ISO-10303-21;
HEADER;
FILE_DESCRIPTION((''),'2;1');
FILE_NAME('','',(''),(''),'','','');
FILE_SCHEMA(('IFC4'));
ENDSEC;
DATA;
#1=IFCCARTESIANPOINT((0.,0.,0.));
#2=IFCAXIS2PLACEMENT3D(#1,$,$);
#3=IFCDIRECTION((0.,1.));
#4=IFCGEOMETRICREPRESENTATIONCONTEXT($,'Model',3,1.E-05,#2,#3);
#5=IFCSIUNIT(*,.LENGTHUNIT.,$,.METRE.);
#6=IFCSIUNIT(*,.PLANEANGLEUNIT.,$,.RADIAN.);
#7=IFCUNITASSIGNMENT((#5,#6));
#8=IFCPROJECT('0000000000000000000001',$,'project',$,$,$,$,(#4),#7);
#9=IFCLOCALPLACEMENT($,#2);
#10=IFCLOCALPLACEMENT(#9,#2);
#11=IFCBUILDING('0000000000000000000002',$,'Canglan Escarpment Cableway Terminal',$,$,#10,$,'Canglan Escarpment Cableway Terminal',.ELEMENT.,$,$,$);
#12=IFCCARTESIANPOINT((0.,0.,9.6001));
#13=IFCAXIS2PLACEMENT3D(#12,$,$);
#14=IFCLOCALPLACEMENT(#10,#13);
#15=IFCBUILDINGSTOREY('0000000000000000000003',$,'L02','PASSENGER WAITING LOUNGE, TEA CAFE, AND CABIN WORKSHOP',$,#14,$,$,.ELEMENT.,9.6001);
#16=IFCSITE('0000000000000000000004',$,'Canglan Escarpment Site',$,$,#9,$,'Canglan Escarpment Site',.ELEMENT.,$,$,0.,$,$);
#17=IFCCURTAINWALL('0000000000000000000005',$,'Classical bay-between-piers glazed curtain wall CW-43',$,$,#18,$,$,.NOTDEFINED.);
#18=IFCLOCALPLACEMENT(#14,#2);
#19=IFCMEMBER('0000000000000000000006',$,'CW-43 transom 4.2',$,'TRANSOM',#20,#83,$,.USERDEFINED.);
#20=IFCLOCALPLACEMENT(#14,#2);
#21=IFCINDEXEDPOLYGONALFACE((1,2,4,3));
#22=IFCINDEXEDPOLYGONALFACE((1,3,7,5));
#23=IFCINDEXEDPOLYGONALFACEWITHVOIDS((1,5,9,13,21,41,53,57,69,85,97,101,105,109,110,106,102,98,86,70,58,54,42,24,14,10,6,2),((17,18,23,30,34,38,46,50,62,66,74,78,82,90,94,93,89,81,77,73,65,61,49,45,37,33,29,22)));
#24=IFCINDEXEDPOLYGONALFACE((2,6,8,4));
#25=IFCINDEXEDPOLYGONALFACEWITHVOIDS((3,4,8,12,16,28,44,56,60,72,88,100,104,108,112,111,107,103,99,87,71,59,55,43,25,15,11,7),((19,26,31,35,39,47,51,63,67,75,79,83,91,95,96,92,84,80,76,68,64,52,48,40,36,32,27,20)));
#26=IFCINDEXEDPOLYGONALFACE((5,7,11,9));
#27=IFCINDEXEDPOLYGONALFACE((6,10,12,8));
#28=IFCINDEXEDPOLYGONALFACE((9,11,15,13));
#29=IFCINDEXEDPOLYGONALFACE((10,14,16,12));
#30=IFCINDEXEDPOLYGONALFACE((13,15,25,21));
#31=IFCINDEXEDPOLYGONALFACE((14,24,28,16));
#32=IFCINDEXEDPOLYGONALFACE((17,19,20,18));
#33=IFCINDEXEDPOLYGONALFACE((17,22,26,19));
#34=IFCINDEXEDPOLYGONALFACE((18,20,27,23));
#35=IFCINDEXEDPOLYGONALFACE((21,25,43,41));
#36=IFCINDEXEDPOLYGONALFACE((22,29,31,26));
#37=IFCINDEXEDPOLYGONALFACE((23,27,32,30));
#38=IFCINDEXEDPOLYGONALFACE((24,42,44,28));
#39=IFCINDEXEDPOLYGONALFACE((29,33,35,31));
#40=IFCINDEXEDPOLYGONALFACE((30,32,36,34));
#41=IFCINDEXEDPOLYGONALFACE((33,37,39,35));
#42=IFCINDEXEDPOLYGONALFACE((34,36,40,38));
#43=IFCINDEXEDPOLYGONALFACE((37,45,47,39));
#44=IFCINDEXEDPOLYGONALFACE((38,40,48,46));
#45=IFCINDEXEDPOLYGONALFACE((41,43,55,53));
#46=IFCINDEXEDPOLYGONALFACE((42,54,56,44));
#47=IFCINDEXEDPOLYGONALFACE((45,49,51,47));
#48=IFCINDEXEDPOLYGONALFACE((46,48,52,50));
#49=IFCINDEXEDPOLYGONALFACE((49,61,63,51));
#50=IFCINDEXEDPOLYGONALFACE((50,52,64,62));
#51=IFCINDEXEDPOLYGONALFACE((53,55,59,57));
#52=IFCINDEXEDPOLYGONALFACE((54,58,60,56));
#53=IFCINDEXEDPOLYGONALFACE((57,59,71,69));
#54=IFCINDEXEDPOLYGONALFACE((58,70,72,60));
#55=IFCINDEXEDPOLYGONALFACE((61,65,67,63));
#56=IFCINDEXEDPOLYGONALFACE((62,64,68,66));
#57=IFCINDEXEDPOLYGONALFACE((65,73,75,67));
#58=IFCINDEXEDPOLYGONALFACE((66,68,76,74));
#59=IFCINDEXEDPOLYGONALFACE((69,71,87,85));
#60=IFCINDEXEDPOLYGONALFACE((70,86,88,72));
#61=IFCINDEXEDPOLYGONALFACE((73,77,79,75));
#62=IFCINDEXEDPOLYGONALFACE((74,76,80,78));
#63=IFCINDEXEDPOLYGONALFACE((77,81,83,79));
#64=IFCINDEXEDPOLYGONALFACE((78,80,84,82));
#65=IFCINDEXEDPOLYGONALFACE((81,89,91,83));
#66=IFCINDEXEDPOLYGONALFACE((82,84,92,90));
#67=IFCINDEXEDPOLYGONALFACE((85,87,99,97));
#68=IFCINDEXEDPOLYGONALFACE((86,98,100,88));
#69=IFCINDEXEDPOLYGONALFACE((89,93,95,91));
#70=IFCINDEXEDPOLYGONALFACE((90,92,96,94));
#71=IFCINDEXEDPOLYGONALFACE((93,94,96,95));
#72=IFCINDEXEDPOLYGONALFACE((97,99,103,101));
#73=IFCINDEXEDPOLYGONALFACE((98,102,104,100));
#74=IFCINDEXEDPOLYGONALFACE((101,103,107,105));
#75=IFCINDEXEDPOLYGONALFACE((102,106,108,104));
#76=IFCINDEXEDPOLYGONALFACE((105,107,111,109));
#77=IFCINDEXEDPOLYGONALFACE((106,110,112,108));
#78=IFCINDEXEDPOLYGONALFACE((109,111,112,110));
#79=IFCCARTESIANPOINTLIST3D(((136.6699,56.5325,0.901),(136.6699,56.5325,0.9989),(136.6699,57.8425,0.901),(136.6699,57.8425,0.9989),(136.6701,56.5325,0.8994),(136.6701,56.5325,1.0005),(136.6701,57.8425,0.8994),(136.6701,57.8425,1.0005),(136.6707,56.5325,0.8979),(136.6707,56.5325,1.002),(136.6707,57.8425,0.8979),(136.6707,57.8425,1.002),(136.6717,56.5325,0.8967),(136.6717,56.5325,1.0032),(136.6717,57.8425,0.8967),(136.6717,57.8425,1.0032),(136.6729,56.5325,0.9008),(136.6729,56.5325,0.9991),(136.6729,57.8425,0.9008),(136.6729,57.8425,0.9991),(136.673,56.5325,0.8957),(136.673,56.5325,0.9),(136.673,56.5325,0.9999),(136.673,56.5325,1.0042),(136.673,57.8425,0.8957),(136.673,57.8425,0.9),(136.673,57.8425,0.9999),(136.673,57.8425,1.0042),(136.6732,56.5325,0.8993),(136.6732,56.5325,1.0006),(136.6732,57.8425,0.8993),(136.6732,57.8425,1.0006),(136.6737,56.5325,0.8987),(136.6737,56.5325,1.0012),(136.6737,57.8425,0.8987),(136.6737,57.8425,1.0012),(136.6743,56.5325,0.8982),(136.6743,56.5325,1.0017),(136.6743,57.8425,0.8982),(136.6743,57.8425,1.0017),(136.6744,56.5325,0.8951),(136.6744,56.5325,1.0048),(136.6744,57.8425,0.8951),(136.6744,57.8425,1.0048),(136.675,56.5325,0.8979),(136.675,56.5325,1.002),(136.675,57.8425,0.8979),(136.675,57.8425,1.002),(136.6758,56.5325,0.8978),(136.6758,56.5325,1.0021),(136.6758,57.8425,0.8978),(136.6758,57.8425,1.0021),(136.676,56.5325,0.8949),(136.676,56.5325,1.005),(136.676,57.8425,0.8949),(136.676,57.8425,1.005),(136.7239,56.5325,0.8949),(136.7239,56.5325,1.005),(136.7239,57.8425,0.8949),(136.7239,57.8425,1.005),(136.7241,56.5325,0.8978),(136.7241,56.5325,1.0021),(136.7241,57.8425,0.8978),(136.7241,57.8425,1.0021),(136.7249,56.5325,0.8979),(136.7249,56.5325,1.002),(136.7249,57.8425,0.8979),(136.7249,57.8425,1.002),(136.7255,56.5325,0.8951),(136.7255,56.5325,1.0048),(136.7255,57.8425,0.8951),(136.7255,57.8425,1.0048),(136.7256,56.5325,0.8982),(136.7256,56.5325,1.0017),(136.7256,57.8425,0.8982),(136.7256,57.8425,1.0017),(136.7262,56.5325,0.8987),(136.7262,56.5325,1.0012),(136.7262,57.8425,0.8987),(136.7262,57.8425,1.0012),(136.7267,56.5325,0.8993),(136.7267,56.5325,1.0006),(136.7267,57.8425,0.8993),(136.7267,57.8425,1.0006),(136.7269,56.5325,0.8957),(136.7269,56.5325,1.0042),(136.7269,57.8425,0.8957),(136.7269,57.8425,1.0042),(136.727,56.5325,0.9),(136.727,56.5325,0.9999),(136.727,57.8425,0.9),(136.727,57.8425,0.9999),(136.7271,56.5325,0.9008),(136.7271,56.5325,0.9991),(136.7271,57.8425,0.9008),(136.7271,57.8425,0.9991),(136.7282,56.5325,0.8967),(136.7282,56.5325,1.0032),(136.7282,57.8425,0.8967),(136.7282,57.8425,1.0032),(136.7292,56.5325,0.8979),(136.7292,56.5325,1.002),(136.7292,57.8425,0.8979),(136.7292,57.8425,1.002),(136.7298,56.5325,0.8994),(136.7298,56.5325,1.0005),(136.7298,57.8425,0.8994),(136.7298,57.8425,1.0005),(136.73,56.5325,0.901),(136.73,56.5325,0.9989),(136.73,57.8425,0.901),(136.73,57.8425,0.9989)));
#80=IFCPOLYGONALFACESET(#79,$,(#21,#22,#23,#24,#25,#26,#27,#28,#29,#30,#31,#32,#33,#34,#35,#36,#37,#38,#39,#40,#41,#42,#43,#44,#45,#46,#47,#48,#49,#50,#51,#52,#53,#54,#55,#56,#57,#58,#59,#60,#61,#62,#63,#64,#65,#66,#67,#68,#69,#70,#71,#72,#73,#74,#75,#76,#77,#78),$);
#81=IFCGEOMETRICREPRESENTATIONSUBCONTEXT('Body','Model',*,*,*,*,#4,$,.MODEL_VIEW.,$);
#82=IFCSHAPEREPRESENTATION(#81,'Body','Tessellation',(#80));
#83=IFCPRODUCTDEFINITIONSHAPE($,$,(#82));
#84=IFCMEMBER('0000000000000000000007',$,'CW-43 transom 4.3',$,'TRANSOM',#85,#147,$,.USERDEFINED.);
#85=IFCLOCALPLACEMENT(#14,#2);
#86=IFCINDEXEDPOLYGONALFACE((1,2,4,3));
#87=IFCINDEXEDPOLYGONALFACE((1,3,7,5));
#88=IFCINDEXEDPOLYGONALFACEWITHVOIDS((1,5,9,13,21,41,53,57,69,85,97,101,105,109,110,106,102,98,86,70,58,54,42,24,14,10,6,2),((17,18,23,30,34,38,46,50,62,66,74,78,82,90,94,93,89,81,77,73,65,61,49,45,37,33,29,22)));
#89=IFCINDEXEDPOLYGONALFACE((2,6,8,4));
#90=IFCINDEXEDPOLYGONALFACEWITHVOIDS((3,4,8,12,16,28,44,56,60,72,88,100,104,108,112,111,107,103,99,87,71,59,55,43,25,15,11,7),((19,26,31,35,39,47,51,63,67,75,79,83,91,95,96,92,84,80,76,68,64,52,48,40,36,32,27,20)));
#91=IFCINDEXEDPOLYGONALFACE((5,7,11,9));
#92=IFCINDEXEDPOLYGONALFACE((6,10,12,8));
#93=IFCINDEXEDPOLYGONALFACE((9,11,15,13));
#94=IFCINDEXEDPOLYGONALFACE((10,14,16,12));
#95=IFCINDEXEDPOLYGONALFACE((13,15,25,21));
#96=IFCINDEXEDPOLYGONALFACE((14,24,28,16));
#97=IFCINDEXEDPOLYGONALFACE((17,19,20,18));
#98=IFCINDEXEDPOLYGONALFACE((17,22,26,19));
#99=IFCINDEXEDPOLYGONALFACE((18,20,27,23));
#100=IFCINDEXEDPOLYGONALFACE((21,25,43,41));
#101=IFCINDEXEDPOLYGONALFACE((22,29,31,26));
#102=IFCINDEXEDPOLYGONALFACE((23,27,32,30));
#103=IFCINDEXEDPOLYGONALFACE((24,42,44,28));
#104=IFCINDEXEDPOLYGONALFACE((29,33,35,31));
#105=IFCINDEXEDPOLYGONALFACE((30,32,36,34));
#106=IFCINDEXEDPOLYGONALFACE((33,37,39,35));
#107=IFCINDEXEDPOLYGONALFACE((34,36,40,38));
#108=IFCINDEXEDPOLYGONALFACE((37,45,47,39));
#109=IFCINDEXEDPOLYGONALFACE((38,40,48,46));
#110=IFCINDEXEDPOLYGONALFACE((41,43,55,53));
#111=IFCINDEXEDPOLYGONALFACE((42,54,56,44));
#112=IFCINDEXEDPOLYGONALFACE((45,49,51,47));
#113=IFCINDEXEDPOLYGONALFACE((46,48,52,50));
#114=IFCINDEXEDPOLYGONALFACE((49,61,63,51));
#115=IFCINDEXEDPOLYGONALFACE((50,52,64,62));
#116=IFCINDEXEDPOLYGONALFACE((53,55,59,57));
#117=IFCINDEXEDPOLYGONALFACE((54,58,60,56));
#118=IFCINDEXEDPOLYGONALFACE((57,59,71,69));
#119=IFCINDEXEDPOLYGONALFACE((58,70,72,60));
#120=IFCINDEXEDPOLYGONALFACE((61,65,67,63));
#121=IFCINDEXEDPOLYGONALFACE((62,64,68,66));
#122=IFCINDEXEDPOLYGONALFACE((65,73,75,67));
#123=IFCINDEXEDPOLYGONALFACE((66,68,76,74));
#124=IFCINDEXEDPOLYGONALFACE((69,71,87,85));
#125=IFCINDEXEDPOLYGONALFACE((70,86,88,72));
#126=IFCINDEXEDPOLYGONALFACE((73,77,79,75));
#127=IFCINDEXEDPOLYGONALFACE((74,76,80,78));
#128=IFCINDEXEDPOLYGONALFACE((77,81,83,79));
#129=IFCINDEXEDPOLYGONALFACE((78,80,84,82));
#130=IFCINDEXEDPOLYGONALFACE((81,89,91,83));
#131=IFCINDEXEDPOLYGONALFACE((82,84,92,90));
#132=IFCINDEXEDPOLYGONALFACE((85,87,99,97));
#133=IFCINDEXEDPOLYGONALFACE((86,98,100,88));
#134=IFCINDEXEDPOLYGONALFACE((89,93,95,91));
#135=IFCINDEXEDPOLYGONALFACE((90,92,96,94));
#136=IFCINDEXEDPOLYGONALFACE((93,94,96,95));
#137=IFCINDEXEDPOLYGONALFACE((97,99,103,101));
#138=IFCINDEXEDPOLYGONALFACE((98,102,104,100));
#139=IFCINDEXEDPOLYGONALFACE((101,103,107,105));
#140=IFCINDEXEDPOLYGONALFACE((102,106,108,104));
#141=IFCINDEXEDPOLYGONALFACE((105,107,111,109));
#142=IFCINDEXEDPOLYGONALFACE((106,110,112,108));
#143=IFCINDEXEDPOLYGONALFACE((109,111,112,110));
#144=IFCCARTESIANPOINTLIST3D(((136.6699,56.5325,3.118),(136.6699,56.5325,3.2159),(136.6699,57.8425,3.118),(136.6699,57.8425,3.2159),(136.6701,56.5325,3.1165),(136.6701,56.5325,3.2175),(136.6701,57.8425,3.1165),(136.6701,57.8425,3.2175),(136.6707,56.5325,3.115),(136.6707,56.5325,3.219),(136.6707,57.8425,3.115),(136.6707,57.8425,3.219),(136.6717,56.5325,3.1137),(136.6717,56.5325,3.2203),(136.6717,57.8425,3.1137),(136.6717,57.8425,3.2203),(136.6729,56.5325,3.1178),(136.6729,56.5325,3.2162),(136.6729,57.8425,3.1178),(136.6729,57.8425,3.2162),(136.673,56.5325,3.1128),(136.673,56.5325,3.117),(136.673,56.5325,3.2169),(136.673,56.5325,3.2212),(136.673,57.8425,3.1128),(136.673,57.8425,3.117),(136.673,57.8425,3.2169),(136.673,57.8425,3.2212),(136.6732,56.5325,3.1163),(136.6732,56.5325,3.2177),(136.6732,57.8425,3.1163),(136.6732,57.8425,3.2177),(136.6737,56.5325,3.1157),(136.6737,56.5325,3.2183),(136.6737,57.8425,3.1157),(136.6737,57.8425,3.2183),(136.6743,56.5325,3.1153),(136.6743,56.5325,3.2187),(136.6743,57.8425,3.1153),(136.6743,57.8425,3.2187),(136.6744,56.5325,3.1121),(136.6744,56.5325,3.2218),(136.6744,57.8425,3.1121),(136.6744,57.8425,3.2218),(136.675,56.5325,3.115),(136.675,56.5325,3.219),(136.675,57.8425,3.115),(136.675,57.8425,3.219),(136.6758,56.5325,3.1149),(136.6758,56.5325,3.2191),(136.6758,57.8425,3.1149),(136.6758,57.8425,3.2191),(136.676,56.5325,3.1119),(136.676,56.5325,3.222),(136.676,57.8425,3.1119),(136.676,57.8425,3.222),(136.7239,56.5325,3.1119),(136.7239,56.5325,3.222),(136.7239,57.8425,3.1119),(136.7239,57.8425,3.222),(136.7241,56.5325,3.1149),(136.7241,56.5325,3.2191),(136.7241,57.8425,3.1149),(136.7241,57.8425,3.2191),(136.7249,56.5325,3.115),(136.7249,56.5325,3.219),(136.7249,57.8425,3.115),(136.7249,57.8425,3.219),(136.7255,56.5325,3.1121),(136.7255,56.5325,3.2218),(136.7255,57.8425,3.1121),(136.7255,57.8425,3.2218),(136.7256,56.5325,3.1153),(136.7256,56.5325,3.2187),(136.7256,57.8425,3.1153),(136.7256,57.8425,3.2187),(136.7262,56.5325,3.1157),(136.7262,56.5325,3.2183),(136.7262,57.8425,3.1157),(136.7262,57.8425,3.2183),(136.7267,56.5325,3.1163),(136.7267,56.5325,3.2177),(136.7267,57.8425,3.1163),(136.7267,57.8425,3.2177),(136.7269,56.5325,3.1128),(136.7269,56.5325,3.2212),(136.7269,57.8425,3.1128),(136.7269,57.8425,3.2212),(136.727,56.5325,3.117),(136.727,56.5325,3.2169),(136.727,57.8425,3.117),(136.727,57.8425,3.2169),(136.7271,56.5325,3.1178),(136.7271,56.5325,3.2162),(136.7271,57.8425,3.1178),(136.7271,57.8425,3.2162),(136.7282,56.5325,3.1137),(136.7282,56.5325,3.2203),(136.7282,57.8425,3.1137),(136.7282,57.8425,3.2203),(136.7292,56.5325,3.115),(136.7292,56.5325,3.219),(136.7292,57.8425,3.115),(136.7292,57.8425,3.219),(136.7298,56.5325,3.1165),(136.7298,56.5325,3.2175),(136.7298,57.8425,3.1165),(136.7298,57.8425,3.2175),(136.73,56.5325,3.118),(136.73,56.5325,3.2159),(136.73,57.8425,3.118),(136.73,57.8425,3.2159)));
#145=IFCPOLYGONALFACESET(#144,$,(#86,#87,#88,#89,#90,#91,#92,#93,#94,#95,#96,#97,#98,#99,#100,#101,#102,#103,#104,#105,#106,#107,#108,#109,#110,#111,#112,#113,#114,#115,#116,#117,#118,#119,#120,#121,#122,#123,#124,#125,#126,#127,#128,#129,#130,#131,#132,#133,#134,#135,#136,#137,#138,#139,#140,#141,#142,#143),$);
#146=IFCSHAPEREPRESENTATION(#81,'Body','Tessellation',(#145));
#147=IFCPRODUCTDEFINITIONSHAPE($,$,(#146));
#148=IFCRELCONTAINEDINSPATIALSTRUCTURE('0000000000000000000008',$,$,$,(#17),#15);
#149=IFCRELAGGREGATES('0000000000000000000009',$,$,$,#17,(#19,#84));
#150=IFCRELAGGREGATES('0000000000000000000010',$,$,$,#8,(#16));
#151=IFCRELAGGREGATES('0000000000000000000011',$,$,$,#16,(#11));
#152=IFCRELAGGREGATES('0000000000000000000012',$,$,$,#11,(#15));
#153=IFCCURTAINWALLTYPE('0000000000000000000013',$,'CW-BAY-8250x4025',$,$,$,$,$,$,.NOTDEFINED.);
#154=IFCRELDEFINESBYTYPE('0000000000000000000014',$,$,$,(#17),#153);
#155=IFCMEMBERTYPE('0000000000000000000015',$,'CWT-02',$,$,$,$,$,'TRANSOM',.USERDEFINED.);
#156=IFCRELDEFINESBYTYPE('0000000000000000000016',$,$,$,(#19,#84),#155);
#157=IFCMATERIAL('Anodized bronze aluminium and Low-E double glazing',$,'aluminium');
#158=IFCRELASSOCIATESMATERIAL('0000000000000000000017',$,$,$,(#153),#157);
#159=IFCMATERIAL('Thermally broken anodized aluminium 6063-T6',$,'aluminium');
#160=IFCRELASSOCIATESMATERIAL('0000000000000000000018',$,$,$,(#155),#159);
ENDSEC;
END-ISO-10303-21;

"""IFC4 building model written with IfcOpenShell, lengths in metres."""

from ifc_helpers import new_model, si_unit, direction, frame, origin, origin_2d, place, context, subcontext, project, spatial, hollow_rectangle, extrude, material, material_profile, profile_set, type_object, element, aggregate, save


model = new_model("IFC4")

# Units and contexts
model_context = context("Model", 3, precision=1e-05, world=origin(), true_north=direction((0.0, 1.0)))
body_context = subcontext(model_context, "Body", "Model", "MODEL_VIEW")
ifc_project = project(units=[si_unit("LENGTHUNIT", "METRE"), si_unit("PLANEANGLEUNIT", "RADIAN")], contexts=[model_context])

# Site, building, storey
site_placement = place(None, origin())
site = spatial("IfcSite", under=ifc_project, at=site_placement, Name="Canglan Escarpment Site", LongName="Canglan Escarpment Site", CompositionType="ELEMENT", RefElevation=0.0)
building_placement = place(site_placement, origin())
building = spatial("IfcBuilding", under=site, at=building_placement, Name="Canglan Escarpment Cableway Terminal", LongName="Canglan Escarpment Cableway Terminal", CompositionType="ELEMENT")
storey_placement = place(building_placement, frame((0.0, 0.0, 9.6001)))
storey = spatial("IfcBuildingStorey", under=building, at=storey_placement, Name="L02", Description="PASSENGER WAITING LOUNGE, TEA CAFE, AND CABIN WORKSHOP", CompositionType="ELEMENT", Elevation=9.6001)

# Curtain wall, members
ifc_material_1 = material(Name="Anodized bronze aluminium and Low-E double glazing", Category="aluminium")
curtain_wall_type = type_object("IfcCurtainWallType", Name="CW-BAY-8250x4025", PredefinedType="NOTDEFINED", material=ifc_material_1)
curtain_wall_placement = place(storey_placement, origin())
curtain_wall = element("IfcCurtainWall", 1, at=curtain_wall_placement, inside=storey, type_object=curtain_wall_type, Name="Classical bay-between-piers glazed curtain wall CW-43", PredefinedType="NOTDEFINED")
ifc_material_2 = material(Name="Thermally broken anodized aluminium 6063-T6", Category="aluminium")
ifc_material_profile_1 = material_profile(ifc_material_2, hollow_rectangle(XDim=0.0601, YDim=0.1101, WallThickness=0.0029, InnerFilletRadius=0.0029, OuterFilletRadius=0.0061, at=origin_2d()), Name="ALU-TRAN 60x110x3")
ifc_profile_set_1 = profile_set([ifc_material_profile_1], Name="Thermally broken anodized aluminium 6063-T6")
member_type = type_object("IfcMemberType", Name="CWT-02", ElementType="TRANSOM", PredefinedType="USERDEFINED", material=ifc_profile_set_1)
member_1_placement = place(storey_placement, frame((136.7, 56.5325, 0.95), z_axis=(0.0, 1.0, 0.0), x_axis=(-1.0, 0.0, 0.0)))
member_1 = element("IfcMember", 2, at=member_1_placement, type_object=member_type, Name="CW-43 transom 4.2", ObjectType="TRANSOM", PredefinedType="USERDEFINED", context=body_context, shape_type="SweptSolid", body=[
    extrude(hollow_rectangle(XDim=0.0601, YDim=0.1101, WallThickness=0.0029, InnerFilletRadius=0.0029, OuterFilletRadius=0.0061, at=origin_2d()), origin(), (0.0, 0.0, 1.0), 1.3101),
])
member_2_placement = place(storey_placement, frame((136.7, 56.5325, 3.167), z_axis=(0.0, 1.0, 0.0), x_axis=(-1.0, 0.0, 0.0)))
member_2 = element("IfcMember", 3, at=member_2_placement, type_object=member_type, Name="CW-43 transom 4.3", ObjectType="TRANSOM", PredefinedType="USERDEFINED", context=body_context, shape_type="SweptSolid", body=[
    extrude(hollow_rectangle(XDim=0.0601, YDim=0.1101, WallThickness=0.0029, InnerFilletRadius=0.0029, OuterFilletRadius=0.0061, at=origin_2d()), origin(), (0.0, 0.0, 1.0), 1.3101),
])

aggregate(curtain_wall, [member_1, member_2])

save(model, "model.ifc")
